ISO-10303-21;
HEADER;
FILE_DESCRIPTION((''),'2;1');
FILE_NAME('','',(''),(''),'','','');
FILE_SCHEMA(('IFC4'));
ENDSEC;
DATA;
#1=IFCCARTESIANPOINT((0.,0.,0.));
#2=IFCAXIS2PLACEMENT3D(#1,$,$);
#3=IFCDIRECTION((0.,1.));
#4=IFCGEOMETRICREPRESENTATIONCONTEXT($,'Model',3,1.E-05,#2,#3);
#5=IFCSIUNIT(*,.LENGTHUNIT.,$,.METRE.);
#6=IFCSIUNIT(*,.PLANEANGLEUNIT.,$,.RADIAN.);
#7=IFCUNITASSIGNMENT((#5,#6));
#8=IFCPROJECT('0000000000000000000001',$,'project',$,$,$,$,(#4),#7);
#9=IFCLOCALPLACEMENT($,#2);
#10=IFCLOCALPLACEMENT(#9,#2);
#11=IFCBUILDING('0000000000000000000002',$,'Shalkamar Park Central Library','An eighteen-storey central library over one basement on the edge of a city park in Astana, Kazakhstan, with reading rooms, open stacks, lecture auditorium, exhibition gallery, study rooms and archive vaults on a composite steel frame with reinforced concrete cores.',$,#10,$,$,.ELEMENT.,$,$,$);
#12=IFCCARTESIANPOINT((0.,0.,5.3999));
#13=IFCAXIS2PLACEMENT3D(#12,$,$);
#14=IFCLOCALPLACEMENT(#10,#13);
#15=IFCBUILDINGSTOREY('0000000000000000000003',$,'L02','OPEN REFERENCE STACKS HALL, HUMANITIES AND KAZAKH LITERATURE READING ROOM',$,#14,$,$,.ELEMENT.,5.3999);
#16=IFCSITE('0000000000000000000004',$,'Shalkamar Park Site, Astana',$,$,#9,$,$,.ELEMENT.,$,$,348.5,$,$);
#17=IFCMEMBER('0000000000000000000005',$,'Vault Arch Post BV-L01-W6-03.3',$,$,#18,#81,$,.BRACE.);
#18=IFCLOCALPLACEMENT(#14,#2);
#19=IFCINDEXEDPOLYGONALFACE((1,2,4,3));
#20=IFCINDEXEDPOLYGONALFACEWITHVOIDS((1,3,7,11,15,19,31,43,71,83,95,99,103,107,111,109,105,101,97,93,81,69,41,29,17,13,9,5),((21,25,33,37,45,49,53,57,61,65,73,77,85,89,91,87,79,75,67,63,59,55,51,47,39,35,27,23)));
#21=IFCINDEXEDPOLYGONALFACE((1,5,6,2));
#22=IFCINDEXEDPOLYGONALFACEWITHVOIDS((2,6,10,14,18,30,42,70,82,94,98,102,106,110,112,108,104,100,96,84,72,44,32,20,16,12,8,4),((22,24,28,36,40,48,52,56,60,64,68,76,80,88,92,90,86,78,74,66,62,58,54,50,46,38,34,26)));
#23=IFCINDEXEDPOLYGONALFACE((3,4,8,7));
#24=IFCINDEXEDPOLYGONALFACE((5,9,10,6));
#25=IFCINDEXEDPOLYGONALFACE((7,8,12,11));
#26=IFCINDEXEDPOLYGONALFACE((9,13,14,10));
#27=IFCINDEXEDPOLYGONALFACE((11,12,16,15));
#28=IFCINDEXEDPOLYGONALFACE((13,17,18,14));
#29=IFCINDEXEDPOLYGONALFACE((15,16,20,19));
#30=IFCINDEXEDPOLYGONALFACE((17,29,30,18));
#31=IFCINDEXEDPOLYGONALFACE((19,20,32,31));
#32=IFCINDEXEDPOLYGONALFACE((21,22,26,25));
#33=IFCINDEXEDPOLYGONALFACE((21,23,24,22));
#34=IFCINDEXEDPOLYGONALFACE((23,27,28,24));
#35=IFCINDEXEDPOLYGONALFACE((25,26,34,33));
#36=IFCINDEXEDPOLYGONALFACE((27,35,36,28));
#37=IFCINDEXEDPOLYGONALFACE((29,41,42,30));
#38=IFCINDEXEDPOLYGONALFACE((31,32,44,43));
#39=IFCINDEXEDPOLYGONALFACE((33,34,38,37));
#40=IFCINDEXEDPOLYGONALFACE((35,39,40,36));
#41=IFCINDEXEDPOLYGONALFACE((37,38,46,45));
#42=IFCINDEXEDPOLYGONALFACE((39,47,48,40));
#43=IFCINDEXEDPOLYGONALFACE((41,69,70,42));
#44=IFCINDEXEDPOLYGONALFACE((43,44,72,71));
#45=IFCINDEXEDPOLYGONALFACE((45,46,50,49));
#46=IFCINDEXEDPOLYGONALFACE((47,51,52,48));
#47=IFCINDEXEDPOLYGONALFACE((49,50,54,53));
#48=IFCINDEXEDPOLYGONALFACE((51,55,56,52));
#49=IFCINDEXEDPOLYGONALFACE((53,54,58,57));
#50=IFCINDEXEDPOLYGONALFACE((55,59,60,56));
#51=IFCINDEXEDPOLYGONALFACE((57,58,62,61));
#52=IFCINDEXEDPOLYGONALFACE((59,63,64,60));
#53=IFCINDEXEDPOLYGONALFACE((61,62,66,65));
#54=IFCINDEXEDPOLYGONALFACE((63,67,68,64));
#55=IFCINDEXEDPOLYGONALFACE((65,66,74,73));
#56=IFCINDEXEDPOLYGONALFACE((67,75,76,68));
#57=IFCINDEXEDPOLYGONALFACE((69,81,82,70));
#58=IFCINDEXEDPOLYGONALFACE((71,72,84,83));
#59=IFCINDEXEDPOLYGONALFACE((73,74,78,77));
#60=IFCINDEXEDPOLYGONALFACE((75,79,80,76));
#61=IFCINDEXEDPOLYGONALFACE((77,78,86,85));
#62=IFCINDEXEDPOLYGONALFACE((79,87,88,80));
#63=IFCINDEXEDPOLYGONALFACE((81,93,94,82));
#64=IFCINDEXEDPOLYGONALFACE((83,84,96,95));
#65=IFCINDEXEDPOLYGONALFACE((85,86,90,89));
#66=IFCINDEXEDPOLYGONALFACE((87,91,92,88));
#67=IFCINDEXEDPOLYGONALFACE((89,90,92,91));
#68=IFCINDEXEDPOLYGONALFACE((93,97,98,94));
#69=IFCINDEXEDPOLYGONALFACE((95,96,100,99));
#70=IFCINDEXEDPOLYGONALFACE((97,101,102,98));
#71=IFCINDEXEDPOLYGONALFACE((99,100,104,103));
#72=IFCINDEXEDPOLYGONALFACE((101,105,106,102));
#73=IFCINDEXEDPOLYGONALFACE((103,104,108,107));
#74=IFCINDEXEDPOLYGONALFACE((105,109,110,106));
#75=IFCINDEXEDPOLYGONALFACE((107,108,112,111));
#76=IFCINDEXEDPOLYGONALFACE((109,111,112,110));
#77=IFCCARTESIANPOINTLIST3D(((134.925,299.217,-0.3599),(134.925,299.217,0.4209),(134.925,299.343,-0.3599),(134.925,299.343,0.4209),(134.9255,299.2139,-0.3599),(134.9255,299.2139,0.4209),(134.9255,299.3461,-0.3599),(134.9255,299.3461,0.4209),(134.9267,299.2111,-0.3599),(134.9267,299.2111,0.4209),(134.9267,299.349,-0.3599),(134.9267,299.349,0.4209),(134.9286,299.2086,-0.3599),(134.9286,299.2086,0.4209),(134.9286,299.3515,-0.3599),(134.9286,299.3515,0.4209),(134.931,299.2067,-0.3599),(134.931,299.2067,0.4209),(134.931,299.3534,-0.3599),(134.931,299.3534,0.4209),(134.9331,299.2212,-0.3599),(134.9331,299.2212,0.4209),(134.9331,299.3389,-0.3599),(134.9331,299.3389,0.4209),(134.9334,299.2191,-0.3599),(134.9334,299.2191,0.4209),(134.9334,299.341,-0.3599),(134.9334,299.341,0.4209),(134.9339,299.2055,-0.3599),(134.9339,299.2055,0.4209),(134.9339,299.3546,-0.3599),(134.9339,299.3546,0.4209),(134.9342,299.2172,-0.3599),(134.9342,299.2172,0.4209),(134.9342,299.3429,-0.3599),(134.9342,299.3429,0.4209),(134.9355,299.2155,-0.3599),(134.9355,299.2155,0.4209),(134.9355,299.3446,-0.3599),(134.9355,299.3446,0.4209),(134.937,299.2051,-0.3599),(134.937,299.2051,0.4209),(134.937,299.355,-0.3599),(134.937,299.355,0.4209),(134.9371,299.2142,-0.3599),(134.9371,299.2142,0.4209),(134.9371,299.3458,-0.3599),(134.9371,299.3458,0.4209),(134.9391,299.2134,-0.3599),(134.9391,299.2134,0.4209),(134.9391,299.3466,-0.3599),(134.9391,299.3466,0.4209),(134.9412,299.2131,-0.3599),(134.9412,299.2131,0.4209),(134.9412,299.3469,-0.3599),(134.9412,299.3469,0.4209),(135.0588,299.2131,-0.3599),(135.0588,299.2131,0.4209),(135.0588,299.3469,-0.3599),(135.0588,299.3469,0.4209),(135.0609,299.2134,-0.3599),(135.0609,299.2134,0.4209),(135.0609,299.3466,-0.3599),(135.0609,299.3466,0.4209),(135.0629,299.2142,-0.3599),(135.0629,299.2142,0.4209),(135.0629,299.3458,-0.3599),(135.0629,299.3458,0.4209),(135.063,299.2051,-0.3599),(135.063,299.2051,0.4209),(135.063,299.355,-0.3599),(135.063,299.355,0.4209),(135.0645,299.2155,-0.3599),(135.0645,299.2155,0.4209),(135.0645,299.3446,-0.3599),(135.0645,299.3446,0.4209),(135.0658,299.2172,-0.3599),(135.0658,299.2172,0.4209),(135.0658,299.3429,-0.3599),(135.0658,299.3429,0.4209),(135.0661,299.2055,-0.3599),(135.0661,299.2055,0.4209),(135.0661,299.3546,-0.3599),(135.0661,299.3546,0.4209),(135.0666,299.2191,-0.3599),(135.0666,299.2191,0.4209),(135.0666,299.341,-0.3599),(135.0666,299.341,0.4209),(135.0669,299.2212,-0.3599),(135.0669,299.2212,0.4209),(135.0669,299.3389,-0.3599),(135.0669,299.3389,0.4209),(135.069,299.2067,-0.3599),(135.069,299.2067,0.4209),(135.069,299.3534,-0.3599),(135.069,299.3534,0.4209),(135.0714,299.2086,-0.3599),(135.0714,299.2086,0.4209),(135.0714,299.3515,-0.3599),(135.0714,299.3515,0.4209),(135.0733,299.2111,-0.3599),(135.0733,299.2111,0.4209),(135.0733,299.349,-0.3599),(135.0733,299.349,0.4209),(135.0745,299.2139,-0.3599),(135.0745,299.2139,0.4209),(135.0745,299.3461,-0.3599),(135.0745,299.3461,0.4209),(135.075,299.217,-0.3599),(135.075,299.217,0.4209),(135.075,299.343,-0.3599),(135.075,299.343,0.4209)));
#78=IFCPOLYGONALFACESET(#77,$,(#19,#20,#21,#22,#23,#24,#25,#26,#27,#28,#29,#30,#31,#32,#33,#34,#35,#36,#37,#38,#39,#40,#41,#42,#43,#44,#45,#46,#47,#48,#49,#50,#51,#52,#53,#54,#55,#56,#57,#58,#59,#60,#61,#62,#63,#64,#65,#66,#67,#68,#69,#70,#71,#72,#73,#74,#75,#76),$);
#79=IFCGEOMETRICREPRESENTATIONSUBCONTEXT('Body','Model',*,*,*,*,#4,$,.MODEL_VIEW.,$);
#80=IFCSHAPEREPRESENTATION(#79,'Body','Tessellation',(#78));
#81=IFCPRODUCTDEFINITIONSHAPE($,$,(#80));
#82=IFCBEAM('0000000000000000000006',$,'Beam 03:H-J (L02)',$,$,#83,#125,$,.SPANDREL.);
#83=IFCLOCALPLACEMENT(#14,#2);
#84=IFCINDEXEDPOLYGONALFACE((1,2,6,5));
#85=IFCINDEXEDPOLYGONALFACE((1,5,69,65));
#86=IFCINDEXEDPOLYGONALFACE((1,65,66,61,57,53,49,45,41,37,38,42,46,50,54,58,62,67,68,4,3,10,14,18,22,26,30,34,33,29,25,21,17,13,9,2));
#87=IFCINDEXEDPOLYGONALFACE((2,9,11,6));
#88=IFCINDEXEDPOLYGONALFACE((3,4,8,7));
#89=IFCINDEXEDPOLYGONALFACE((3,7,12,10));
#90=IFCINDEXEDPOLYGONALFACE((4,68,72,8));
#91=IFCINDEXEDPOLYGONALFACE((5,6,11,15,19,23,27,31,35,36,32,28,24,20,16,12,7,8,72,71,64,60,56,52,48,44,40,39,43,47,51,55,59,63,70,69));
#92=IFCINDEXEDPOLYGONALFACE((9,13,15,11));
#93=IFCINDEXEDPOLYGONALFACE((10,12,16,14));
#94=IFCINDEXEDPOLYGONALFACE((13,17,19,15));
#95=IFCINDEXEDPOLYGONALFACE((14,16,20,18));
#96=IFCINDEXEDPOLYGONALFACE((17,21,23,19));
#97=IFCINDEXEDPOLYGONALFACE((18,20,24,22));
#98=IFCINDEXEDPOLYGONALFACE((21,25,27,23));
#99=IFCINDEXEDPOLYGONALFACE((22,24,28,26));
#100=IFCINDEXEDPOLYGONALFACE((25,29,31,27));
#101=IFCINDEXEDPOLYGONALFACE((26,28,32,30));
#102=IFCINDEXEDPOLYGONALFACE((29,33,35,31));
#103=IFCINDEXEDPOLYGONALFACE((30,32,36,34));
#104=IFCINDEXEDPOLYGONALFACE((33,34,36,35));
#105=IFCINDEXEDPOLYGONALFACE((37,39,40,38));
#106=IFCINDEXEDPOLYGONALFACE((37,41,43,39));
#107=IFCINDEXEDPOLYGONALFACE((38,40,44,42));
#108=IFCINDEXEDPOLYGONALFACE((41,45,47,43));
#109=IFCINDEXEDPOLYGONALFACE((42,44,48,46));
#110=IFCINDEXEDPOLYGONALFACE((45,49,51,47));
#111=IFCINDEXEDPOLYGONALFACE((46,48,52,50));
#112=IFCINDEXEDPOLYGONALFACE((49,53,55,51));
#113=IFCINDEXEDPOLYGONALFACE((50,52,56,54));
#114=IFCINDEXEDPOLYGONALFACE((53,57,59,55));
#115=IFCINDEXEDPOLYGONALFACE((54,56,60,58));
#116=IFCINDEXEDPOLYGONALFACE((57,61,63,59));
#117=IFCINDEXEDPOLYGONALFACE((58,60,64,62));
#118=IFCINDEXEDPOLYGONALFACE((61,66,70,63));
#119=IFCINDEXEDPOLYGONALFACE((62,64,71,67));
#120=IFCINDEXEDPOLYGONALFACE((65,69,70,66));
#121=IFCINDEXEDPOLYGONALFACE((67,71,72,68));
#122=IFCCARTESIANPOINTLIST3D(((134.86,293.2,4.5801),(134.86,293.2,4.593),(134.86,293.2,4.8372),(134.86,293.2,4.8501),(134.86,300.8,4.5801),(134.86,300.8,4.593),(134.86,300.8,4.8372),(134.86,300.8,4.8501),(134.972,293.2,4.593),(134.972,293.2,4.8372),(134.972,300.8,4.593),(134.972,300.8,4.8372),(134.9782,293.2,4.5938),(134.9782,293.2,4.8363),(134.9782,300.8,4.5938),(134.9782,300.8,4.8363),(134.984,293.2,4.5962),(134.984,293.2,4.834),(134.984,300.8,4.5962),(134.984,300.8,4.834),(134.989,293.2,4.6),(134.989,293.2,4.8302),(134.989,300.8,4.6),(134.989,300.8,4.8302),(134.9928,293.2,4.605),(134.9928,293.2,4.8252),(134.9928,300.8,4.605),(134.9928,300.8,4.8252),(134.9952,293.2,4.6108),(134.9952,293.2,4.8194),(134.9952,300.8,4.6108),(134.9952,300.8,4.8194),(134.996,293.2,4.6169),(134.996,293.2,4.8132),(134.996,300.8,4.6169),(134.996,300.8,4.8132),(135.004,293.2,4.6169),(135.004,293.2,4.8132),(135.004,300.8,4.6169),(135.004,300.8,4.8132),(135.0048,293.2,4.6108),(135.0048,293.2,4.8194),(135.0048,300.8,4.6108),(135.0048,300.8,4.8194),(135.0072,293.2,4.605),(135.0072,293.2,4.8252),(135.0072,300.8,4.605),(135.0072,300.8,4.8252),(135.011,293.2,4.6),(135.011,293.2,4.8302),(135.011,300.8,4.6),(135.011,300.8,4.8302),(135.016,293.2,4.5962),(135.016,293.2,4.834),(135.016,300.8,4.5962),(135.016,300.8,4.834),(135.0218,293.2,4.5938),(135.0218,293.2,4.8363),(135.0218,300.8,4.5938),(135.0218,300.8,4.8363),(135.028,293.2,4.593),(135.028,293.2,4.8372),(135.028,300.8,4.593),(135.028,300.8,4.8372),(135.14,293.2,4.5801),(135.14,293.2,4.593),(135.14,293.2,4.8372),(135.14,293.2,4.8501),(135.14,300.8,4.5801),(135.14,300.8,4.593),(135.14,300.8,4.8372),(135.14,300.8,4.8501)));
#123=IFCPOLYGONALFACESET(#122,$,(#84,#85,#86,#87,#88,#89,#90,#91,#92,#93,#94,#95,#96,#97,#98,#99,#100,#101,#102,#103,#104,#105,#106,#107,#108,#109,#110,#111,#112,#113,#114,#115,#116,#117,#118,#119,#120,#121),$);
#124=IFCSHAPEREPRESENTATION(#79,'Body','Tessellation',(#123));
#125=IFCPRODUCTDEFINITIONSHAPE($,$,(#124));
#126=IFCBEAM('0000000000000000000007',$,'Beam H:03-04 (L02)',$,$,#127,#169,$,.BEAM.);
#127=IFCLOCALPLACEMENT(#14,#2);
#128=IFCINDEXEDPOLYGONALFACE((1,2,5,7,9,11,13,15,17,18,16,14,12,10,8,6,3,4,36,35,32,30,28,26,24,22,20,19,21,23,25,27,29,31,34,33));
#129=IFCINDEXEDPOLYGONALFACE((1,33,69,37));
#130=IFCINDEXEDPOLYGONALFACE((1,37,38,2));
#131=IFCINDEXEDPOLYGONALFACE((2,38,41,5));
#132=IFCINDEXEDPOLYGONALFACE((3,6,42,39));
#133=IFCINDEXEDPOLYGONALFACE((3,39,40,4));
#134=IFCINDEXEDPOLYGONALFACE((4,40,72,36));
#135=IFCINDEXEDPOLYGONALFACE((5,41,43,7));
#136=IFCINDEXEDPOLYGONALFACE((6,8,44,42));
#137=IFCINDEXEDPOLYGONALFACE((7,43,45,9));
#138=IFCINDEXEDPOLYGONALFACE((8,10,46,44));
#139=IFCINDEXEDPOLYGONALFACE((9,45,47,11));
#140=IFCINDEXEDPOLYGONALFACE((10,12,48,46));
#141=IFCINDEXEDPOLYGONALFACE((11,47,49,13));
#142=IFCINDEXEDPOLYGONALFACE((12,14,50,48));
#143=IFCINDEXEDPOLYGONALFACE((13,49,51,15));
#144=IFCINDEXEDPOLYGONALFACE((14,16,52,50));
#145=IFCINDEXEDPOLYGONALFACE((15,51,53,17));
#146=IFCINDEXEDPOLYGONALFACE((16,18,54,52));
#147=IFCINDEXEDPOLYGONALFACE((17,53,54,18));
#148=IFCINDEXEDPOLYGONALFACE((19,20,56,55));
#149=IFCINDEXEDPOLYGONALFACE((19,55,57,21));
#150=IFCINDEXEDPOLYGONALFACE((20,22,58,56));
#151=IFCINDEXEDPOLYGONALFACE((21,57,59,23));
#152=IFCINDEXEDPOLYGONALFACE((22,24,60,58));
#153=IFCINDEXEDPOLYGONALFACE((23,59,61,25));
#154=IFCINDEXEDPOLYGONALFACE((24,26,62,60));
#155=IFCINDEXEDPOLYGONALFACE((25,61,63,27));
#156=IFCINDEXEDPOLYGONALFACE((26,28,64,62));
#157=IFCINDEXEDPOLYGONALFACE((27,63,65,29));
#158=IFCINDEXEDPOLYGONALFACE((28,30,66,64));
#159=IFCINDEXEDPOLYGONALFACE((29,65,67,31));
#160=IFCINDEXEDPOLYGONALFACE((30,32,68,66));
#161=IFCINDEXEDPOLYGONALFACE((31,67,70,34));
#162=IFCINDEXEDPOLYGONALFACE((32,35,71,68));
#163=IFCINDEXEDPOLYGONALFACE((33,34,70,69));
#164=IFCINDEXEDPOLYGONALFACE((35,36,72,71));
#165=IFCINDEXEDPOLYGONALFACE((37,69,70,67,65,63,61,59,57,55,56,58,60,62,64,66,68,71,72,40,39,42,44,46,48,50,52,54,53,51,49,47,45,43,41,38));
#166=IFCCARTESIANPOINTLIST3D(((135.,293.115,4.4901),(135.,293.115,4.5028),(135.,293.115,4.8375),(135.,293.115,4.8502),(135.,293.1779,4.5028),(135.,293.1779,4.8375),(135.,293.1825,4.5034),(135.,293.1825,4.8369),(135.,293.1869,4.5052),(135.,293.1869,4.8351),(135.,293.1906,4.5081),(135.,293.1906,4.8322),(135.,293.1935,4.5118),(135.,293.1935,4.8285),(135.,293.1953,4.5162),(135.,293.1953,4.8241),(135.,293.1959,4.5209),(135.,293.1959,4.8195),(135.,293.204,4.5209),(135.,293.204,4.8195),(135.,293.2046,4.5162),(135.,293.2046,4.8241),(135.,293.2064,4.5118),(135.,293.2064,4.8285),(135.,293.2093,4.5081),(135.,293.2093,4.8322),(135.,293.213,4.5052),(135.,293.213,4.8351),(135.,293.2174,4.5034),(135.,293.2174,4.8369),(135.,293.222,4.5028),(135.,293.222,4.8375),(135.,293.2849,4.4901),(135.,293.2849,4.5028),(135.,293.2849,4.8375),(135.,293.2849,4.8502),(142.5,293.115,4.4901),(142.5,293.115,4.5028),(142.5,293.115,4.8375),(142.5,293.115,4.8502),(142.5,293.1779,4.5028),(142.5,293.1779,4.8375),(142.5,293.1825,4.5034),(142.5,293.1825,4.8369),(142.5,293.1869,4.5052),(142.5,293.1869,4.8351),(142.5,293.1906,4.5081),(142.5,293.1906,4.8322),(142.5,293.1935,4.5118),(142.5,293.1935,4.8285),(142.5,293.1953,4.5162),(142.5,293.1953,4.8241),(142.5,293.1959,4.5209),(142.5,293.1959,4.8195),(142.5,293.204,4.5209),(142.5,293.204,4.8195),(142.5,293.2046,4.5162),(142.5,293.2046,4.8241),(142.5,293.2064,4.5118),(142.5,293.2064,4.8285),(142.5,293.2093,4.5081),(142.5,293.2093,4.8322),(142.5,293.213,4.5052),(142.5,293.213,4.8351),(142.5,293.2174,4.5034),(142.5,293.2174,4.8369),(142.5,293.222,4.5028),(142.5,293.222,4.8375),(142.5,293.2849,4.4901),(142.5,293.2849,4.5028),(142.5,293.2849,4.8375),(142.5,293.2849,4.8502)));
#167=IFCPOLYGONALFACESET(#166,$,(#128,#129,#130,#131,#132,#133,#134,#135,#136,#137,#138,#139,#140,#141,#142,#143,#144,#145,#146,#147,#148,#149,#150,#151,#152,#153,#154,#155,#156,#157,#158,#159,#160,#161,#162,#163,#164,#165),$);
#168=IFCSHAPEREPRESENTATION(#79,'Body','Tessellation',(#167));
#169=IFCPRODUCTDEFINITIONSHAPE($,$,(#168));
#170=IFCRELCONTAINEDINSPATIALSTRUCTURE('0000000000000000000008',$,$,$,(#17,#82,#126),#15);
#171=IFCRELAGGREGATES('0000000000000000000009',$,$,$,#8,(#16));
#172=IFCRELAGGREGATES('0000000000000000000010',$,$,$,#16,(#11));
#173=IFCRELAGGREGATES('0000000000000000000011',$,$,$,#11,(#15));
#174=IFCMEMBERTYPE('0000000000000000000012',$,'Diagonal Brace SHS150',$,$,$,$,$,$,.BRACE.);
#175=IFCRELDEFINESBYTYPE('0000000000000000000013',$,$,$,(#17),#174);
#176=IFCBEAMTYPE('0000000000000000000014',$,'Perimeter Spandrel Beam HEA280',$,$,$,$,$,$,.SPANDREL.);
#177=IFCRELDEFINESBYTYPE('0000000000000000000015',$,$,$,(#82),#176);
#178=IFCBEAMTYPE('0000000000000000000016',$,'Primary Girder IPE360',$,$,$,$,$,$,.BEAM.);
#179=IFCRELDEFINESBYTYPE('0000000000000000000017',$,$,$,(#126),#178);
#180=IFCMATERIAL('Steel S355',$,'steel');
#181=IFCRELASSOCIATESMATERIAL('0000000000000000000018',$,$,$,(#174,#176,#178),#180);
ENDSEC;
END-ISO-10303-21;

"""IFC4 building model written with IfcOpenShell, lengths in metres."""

from ifc_helpers import new_model, si_unit, direction, frame, origin, origin_2d, place, context, subcontext, project, spatial, hollow_rectangle, i_section, extrude, material, material_profile, profile_set, type_object, element, save


model = new_model("IFC4")

# Units and contexts
model_context = context("Model", 3, precision=1e-05, world=origin(), true_north=direction((0.0, 1.0)))
body_context = subcontext(model_context, "Body", "Model", "MODEL_VIEW")
ifc_project = project(units=[si_unit("LENGTHUNIT", "METRE"), si_unit("PLANEANGLEUNIT", "RADIAN")], contexts=[model_context])

# Site, building, storey
site_placement = place(None, origin())
site = spatial("IfcSite", under=ifc_project, at=site_placement, Name="Shalkamar Park Site, Astana", CompositionType="ELEMENT", RefElevation=348.5)
building_placement = place(site_placement, origin())
building = spatial("IfcBuilding", under=site, at=building_placement, Name="Shalkamar Park Central Library", Description="An eighteen-storey central library over one basement on the edge of a city park in Astana, Kazakhstan, with reading rooms, open stacks, lecture auditorium, exhibition gallery, study rooms and archive vaults on a composite steel frame with reinforced concrete cores.", CompositionType="ELEMENT")
storey_placement = place(building_placement, frame((0.0, 0.0, 5.3999)))
storey = spatial("IfcBuildingStorey", under=building, at=storey_placement, Name="L02", Description="OPEN REFERENCE STACKS HALL, HUMANITIES AND KAZAKH LITERATURE READING ROOM", CompositionType="ELEMENT", Elevation=5.3999)

# Shared definitions
ifc_material_1 = material(Name="Steel S355", Category="steel")

# Member
ifc_material_profile_1 = material_profile(ifc_material_1, hollow_rectangle(XDim=0.1499, YDim=0.1499, WallThickness=0.0081, InnerFilletRadius=0.0081, OuterFilletRadius=0.012, at=origin_2d()), Name="SHS 150x150x8")
ifc_profile_set_1 = profile_set([ifc_material_profile_1], Name="Steel S355")
member_type_1 = type_object("IfcMemberType", Name="Diagonal Brace SHS150", PredefinedType="BRACE", material=ifc_profile_set_1)
member_1_placement = place(storey_placement, frame((135.0, 299.28, -0.3599), z_axis=(0.0, 0.0, 1.0), x_axis=(1.0, 0.0, 0.0)))
element("IfcMember", 1, at=member_1_placement, inside=storey, type_object=member_type_1, Name="Vault Arch Post BV-L01-W6-03.3", PredefinedType="BRACE", context=body_context, shape_type="SweptSolid", body=[
    extrude(hollow_rectangle(XDim=0.1499, YDim=0.1499, WallThickness=0.0081, InnerFilletRadius=0.0081, OuterFilletRadius=0.012, at=origin_2d()), origin(), (0.0, 0.0, 1.0), 0.7808),
])

# Beams
ifc_material_profile_2 = material_profile(ifc_material_1, i_section(OverallWidth=0.28, OverallDepth=0.27, WebThickness=0.0081, FlangeThickness=0.0129, FilletRadius=0.0239, at=origin_2d()), Name="HEA 280")
ifc_profile_set_2 = profile_set([ifc_material_profile_2], Name="Steel S355")
beam_type_1 = type_object("IfcBeamType", Name="Perimeter Spandrel Beam HEA280", PredefinedType="SPANDREL", material=ifc_profile_set_2)
beam_placement = place(storey_placement, frame((135.0, 293.2, 4.7151), z_axis=(0.0, 1.0, 0.0), x_axis=(-1.0, 0.0, 0.0)))
element("IfcBeam", 2, at=beam_placement, inside=storey, type_object=beam_type_1, Name="Beam 03:H-J (L02)", PredefinedType="SPANDREL", context=body_context, shape_type="SweptSolid", body=[
    extrude(i_section(OverallWidth=0.28, OverallDepth=0.27, WebThickness=0.0081, FlangeThickness=0.0129, FilletRadius=0.0239, at=origin_2d()), origin(), (0.0, 0.0, 1.0), 7.6001),
])
ifc_material_profile_3 = material_profile(ifc_material_1, i_section(OverallWidth=0.1699, OverallDepth=0.3601, WebThickness=0.0081, FlangeThickness=0.0127, FilletRadius=0.0181, at=origin_2d()), Name="IPE 360")
ifc_profile_set_3 = profile_set([ifc_material_profile_3], Name="Steel S355")
beam_type_2 = type_object("IfcBeamType", Name="Primary Girder IPE360", PredefinedType="BEAM", material=ifc_profile_set_3)
for number, where, z_axis, x_axis, name in (
    (3, (135.0, 293.2, 4.6702), (1.0, 0.0, 0.0), (0.0, 1.0, 0.0), "Beam H:03-04 (L02)"),
):
    element("IfcBeam", number, at=place(storey_placement, frame(where, z_axis=z_axis, x_axis=x_axis)), inside=storey, type_object=beam_type_2, Name=name, PredefinedType="BEAM", context=body_context, shape_type="SweptSolid", body=[
        extrude(i_section(OverallWidth=0.1699, OverallDepth=0.3601, WebThickness=0.0081, FlangeThickness=0.0127, FilletRadius=0.0181, at=origin_2d()), origin(), (0.0, 0.0, 1.0), 7.5),
    ])

save(model, "model.ifc")
